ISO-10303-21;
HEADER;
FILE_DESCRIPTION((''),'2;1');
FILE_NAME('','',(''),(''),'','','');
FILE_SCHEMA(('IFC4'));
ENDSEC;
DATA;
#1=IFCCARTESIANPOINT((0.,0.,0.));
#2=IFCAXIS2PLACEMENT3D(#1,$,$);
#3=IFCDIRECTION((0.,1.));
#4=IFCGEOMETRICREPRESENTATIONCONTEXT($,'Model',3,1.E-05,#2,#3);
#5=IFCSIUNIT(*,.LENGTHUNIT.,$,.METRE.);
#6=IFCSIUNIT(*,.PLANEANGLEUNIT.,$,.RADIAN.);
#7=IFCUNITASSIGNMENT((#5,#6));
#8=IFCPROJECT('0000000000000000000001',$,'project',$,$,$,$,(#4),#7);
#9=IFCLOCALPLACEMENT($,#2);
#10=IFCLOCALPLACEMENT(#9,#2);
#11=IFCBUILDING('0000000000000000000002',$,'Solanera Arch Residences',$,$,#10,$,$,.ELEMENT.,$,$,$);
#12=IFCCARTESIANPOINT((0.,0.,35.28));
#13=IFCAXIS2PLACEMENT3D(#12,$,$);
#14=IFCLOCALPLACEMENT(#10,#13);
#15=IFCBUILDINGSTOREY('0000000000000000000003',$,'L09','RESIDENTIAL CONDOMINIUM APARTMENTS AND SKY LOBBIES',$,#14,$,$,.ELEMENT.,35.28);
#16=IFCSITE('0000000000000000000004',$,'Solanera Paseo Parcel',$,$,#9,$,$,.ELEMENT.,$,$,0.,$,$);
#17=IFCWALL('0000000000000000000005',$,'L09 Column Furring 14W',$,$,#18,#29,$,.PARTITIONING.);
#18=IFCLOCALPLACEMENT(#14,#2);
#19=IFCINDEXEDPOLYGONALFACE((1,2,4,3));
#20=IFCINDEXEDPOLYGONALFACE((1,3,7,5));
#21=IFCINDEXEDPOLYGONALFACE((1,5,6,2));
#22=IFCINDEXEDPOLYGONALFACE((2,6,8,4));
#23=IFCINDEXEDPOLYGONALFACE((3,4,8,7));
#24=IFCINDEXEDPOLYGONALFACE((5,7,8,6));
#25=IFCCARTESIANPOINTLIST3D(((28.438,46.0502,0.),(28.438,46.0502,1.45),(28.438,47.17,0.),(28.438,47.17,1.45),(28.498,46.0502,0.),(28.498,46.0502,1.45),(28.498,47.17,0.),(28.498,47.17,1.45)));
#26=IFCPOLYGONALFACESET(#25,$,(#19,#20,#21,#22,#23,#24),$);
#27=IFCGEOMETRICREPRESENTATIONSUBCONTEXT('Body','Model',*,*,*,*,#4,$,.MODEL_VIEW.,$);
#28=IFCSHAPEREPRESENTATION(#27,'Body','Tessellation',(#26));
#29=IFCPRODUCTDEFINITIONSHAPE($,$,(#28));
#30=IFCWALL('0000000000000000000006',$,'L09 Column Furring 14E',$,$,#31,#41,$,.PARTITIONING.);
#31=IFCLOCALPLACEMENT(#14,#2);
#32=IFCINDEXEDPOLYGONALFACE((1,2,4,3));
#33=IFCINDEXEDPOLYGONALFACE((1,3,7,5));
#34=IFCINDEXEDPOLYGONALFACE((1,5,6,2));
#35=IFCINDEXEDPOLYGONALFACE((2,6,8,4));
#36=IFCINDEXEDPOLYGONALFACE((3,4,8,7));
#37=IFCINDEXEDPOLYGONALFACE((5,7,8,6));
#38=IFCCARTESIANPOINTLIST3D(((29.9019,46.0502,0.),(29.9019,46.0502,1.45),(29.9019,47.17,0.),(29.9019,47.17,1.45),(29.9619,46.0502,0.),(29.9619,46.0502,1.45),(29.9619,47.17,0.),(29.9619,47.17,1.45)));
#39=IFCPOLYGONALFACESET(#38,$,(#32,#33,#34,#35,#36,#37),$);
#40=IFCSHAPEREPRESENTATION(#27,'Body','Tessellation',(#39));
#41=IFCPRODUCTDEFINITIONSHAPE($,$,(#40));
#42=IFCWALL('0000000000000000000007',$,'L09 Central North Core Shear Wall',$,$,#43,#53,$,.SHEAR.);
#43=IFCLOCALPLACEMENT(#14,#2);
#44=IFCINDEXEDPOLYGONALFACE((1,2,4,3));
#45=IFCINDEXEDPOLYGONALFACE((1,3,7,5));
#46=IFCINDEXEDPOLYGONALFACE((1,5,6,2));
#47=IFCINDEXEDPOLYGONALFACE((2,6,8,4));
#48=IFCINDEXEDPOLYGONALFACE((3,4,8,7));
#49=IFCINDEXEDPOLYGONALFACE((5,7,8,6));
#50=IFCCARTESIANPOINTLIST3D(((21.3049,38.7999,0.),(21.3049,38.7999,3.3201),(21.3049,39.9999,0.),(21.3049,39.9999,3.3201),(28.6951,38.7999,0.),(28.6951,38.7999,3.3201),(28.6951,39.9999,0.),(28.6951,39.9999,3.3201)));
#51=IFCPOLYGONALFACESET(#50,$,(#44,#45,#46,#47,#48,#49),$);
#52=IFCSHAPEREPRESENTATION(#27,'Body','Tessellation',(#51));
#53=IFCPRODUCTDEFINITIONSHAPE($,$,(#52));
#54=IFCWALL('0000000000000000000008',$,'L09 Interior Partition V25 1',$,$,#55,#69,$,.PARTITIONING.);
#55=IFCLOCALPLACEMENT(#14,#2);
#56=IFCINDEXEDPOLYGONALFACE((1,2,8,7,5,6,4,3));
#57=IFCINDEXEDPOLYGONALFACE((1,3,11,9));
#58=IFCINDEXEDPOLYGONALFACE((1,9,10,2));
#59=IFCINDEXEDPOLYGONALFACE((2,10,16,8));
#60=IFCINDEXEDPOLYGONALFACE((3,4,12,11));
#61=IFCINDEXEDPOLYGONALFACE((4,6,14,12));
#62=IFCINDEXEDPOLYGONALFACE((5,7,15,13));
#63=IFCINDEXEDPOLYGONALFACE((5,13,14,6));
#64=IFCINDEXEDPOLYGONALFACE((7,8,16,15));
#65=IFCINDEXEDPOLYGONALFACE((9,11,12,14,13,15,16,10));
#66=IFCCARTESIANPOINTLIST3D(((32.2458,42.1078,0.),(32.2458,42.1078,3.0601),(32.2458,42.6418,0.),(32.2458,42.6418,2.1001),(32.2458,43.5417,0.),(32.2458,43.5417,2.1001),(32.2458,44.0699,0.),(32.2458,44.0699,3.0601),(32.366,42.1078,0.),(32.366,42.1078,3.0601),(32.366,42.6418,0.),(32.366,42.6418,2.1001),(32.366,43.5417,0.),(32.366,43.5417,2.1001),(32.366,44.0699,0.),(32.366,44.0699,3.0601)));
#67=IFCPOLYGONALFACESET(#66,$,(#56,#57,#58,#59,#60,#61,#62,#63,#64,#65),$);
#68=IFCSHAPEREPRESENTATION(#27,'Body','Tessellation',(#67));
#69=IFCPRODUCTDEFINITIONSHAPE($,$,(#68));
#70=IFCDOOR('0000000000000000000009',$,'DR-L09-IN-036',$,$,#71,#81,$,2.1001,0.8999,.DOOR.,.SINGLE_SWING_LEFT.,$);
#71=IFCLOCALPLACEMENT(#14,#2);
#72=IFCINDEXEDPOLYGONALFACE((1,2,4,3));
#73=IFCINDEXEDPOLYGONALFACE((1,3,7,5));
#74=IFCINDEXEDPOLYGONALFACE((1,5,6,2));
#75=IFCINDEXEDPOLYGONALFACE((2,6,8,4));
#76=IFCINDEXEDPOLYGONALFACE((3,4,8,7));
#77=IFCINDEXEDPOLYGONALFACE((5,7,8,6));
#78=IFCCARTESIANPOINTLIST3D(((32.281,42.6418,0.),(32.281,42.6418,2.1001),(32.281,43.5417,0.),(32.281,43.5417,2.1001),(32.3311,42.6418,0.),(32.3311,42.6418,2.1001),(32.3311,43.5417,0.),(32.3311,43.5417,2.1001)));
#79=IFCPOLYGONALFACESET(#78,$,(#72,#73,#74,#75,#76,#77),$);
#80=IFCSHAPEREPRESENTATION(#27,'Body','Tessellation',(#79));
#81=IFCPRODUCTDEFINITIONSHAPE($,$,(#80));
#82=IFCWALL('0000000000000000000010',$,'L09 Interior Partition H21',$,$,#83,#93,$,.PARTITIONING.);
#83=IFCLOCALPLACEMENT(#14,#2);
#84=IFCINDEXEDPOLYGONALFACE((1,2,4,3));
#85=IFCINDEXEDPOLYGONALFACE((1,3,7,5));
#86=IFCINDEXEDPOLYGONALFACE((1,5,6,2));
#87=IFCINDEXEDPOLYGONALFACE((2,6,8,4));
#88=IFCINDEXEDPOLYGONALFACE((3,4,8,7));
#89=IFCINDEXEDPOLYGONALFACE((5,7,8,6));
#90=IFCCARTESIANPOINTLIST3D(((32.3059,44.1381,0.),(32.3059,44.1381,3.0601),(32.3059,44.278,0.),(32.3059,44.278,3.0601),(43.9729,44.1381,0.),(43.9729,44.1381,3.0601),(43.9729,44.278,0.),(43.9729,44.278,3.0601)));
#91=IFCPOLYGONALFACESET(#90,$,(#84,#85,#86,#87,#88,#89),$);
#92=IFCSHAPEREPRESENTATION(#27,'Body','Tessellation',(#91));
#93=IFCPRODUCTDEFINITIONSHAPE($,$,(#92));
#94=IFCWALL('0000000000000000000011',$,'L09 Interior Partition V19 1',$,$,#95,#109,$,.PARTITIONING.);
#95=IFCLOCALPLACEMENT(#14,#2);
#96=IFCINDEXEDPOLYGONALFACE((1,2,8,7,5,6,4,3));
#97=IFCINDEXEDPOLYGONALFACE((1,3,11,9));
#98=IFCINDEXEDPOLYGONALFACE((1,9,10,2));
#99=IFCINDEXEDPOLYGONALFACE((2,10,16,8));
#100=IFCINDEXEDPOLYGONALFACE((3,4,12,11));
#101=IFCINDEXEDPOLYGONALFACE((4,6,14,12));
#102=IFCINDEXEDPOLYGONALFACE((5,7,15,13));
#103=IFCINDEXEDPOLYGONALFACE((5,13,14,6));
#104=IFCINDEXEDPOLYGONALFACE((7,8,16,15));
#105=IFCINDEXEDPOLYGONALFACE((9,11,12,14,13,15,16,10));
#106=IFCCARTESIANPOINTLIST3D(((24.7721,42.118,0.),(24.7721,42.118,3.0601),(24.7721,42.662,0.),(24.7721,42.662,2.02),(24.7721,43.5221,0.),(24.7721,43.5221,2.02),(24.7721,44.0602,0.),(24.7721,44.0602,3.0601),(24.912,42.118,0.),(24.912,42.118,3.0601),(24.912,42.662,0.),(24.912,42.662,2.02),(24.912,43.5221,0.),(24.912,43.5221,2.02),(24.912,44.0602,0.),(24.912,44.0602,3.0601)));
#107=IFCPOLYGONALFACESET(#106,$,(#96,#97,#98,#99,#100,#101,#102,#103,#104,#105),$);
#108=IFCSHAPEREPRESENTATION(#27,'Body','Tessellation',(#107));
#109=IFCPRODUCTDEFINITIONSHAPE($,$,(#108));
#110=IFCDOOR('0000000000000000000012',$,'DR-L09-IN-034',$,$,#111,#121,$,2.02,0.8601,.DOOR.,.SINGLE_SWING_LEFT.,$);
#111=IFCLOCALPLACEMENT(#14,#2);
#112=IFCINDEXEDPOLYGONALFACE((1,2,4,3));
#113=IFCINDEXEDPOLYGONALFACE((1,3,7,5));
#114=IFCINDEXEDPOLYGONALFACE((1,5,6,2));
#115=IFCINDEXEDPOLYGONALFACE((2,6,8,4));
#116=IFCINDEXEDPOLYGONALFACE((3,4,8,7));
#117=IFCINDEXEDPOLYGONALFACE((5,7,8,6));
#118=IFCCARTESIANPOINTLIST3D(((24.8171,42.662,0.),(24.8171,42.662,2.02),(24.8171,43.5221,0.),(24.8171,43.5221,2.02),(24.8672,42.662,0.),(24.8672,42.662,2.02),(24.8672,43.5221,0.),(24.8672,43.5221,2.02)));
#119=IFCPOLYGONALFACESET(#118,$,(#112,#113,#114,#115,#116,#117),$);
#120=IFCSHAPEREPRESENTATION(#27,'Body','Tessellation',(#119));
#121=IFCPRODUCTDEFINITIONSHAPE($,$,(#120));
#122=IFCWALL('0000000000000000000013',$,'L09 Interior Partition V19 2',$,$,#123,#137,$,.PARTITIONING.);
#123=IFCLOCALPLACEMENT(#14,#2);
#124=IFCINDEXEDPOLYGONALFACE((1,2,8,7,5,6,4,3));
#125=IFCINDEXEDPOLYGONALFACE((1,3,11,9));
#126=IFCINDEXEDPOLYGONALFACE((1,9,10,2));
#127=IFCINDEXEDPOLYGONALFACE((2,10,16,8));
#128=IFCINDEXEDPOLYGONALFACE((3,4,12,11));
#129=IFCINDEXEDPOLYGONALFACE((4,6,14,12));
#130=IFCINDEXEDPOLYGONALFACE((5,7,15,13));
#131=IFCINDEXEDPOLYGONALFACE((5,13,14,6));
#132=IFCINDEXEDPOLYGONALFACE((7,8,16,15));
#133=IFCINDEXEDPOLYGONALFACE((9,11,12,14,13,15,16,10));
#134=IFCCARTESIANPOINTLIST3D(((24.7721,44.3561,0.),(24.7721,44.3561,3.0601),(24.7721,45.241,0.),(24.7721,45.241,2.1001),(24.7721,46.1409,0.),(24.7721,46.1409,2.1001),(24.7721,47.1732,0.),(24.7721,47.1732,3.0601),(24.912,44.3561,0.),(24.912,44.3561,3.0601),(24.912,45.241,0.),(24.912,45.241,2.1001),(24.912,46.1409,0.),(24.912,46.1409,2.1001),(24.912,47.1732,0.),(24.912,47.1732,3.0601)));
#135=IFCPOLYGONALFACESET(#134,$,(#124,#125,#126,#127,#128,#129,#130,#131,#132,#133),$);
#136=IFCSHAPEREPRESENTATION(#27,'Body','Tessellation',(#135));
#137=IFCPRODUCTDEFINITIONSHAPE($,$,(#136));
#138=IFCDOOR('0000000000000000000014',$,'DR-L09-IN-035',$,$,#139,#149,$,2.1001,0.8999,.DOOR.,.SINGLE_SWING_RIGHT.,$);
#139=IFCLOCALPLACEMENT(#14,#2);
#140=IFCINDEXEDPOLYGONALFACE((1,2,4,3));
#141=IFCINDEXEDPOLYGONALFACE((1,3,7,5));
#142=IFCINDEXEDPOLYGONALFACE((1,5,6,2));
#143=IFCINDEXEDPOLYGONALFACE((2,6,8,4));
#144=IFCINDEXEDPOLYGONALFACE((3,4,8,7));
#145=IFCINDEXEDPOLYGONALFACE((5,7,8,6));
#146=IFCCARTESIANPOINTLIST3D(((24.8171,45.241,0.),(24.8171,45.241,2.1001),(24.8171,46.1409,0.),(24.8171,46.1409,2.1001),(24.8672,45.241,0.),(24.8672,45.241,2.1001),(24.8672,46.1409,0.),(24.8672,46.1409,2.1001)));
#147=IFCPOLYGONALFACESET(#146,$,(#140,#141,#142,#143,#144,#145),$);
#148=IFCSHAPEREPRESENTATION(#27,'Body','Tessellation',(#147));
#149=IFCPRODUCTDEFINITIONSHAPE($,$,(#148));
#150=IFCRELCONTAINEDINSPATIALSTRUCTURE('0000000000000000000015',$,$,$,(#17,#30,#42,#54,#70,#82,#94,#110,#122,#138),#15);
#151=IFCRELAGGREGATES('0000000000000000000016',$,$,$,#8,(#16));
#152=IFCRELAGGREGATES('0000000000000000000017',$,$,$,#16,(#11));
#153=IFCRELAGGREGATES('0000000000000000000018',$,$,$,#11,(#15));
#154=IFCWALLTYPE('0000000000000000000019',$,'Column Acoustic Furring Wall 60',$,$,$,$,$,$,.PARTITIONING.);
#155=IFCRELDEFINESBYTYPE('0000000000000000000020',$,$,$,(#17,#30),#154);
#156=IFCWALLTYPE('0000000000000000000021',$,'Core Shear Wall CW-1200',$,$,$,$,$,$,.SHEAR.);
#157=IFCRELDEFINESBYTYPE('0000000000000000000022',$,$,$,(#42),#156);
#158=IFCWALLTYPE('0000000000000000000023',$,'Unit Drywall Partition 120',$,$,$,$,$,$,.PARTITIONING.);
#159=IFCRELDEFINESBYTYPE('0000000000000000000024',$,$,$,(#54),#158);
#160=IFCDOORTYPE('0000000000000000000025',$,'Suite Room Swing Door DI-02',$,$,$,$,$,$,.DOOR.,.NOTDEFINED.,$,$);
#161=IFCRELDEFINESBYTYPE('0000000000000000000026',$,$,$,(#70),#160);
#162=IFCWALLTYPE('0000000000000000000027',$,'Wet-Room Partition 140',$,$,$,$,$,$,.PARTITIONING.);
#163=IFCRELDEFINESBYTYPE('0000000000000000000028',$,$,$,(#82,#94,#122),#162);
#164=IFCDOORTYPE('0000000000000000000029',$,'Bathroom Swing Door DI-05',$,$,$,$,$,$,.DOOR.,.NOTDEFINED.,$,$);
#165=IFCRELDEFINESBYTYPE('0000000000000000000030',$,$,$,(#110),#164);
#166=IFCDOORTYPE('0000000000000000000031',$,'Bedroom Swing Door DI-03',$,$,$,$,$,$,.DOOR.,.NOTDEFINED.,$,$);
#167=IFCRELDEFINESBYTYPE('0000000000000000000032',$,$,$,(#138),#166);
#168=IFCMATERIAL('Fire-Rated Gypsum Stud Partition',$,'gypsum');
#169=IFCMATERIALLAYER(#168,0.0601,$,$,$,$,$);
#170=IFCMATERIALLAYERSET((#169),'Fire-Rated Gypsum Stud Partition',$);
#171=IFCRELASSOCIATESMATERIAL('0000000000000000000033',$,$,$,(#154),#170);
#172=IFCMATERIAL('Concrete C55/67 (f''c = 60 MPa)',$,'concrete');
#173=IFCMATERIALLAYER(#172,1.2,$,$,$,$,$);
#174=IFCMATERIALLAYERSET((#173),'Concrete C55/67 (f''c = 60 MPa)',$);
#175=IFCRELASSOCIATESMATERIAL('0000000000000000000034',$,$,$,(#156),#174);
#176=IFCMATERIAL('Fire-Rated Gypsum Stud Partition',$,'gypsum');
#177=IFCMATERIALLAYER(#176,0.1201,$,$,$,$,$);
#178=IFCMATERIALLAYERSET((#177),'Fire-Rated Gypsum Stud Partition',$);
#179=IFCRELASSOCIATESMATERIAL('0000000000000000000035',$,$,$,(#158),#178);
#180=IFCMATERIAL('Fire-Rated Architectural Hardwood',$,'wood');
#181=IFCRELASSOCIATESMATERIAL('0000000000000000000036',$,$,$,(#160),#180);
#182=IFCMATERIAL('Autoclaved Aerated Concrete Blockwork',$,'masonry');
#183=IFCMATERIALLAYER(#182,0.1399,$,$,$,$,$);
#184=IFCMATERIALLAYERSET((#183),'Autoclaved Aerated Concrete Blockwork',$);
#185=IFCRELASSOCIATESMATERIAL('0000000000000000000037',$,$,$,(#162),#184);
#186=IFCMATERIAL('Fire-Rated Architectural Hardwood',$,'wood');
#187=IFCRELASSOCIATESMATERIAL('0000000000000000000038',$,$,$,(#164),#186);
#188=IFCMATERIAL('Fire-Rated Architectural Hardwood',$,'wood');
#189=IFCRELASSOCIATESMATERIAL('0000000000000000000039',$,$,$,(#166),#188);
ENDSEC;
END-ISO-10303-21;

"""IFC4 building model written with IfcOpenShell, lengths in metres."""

from ifc_helpers import new_model, si_unit, direction, frame, frame_2d, origin, place, context, subcontext, project, spatial, rectangle, extrude, material, layer, layer_set, type_object, element, fill, save


model = new_model("IFC4")

# Units and contexts
model_context = context("Model", 3, precision=1e-05, world=origin(), true_north=direction((0.0, 1.0)))
body_context = subcontext(model_context, "Body", "Model", "MODEL_VIEW")
ifc_project = project(units=[si_unit("LENGTHUNIT", "METRE"), si_unit("PLANEANGLEUNIT", "RADIAN")], contexts=[model_context])

# Site, building, storey
site_placement = place(None, origin())
site = spatial("IfcSite", under=ifc_project, at=site_placement, Name="Solanera Paseo Parcel", CompositionType="ELEMENT", RefElevation=0.0)
building_placement = place(site_placement, origin())
building = spatial("IfcBuilding", under=site, at=building_placement, Name="Solanera Arch Residences", CompositionType="ELEMENT")
storey_placement = place(building_placement, frame((0.0, 0.0, 35.28)))
storey = spatial("IfcBuildingStorey", under=building, at=storey_placement, Name="L09", Description="RESIDENTIAL CONDOMINIUM APARTMENTS AND SKY LOBBIES", CompositionType="ELEMENT", Elevation=35.28)

# Walls
ifc_material_1 = material(Name="Fire-Rated Gypsum Stud Partition", Category="gypsum")
ifc_layer_1 = layer(ifc_material_1, 0.0601)
ifc_layer_set_1 = layer_set([ifc_layer_1], Name="Fire-Rated Gypsum Stud Partition")
wall_type_1 = type_object("IfcWallType", Name="Column Acoustic Furring Wall 60", PredefinedType="PARTITIONING", material=ifc_layer_set_1)
for number, where, z_axis, x_axis, name in (
    (1, (28.468, 46.05, 0.0), (0.0, 0.0, 1.0), (0.0, 1.0, 0.0), "L09 Column Furring 14W"),
    (2, (29.9319, 46.05, 0.0), (0.0, 0.0, 1.0), (0.0, 1.0, 0.0), "L09 Column Furring 14E"),
):
    element("IfcWall", number, at=place(storey_placement, frame(where, z_axis=z_axis, x_axis=x_axis)), inside=storey, type_object=wall_type_1, Name=name, PredefinedType="PARTITIONING", context=body_context, shape_type="SweptSolid", body=[
        extrude(rectangle(XDim=1.1199, YDim=0.0601, at=frame_2d((0.5601, 0.0))), origin(), (0.0, 0.0, 1.0), 1.45),
    ])
ifc_material_2 = material(Name="Concrete C55/67 (f'c = 60 MPa)", Category="concrete")
ifc_layer_2 = layer(ifc_material_2, 1.2)
ifc_layer_set_2 = layer_set([ifc_layer_2], Name="Concrete C55/67 (f'c = 60 MPa)")
wall_type_2 = type_object("IfcWallType", Name="Core Shear Wall CW-1200", PredefinedType="SHEAR", material=ifc_layer_set_2)
wall_1_placement = place(storey_placement, frame((21.3049, 39.3999, 0.0), z_axis=(0.0, 0.0, 1.0), x_axis=(1.0, 0.0, 0.0)))
element("IfcWall", 3, at=wall_1_placement, inside=storey, type_object=wall_type_2, Name="L09 Central North Core Shear Wall", PredefinedType="SHEAR", context=body_context, shape_type="SweptSolid", body=[
    extrude(rectangle(XDim=7.3901, YDim=1.2, at=frame_2d((3.6951, 0.0))), origin(), (0.0, 0.0, 1.0), 3.3201),
])

# Wall, opening, door
ifc_material_3 = material(Name="Fire-Rated Gypsum Stud Partition", Category="gypsum")
ifc_layer_3 = layer(ifc_material_3, 0.1201)
ifc_layer_set_3 = layer_set([ifc_layer_3], Name="Fire-Rated Gypsum Stud Partition")
wall_type_3 = type_object("IfcWallType", Name="Unit Drywall Partition 120", PredefinedType="PARTITIONING", material=ifc_layer_set_3)
wall_2_placement = place(storey_placement, frame((32.3059, 42.1079, 0.0), z_axis=(0.0, 0.0, 1.0), x_axis=(0.0, 1.0, 0.0)))
wall_2 = element("IfcWall", 4, at=wall_2_placement, inside=storey, type_object=wall_type_3, Name="L09 Interior Partition V25 1", PredefinedType="PARTITIONING", context=body_context, shape_type="SweptSolid", body=[
    extrude(rectangle(XDim=1.9622, YDim=0.1201, at=frame_2d((0.981, 0.0))), origin(), (0.0, 0.0, 1.0), 3.0601),
])
opening_1_placement = place(wall_2_placement, frame((0.5339, 0.0, 0.0)))
opening_1 = element("IfcOpeningElement", 5, at=opening_1_placement, cuts=wall_2, PredefinedType="OPENING", context=body_context, shape_type="SweptSolid", body=[
    extrude(rectangle(XDim=0.8999, YDim=2.1001, at=frame_2d((0.45, 1.05))), frame((0.0, 0.0701, 0.0), z_axis=(0.0, -1.0, 0.0), x_axis=(1.0, 0.0, 0.0)), (0.0, 0.0, 1.0), 0.1401),
])
ifc_material_4 = material(Name="Fire-Rated Architectural Hardwood", Category="wood")
door_type_1 = type_object("IfcDoorType", Name="Suite Room Swing Door DI-02", OperationType="NOTDEFINED", PredefinedType="DOOR", material=ifc_material_4)
door_1_placement = place(opening_1_placement, origin())
door_1 = element("IfcDoor", 6, at=door_1_placement, inside=storey, type_object=door_type_1, Name="DR-L09-IN-036", OperationType="SINGLE_SWING_LEFT", OverallHeight=2.1001, OverallWidth=0.8999, PredefinedType="DOOR", context=body_context, shape_type="SweptSolid", body=[
    extrude(rectangle(XDim=0.8999, YDim=2.1001, at=frame_2d((0.45, 1.05))), frame((0.0, 0.0249, 0.0), z_axis=(0.0, -1.0, 0.0), x_axis=(1.0, 0.0, 0.0)), (0.0, 0.0, 1.0), 0.05),
])
fill(opening_1, door_1)

# Wall
ifc_material_5 = material(Name="Autoclaved Aerated Concrete Blockwork", Category="masonry")
ifc_layer_4 = layer(ifc_material_5, 0.1399)
ifc_layer_set_4 = layer_set([ifc_layer_4], Name="Autoclaved Aerated Concrete Blockwork")
wall_type_4 = type_object("IfcWallType", Name="Wet-Room Partition 140", PredefinedType="PARTITIONING", material=ifc_layer_set_4)
wall_3_placement = place(storey_placement, frame((32.3059, 44.208, 0.0), z_axis=(0.0, 0.0, 1.0), x_axis=(1.0, 0.0, 0.0)))
element("IfcWall", 7, at=wall_3_placement, inside=storey, type_object=wall_type_4, Name="L09 Interior Partition H21", PredefinedType="PARTITIONING", context=body_context, shape_type="SweptSolid", body=[
    extrude(rectangle(XDim=11.667, YDim=0.1399, at=frame_2d((5.8335, 0.0))), origin(), (0.0, 0.0, 1.0), 3.0601),
])

# Walls, openings, doors
wall_4_placement = place(storey_placement, frame((24.842, 42.1179, 0.0), z_axis=(0.0, 0.0, 1.0), x_axis=(0.0, 1.0, 0.0)))
wall_4 = element("IfcWall", 8, at=wall_4_placement, inside=storey, type_object=wall_type_4, Name="L09 Interior Partition V19 1", PredefinedType="PARTITIONING", context=body_context, shape_type="SweptSolid", body=[
    extrude(rectangle(XDim=1.9421, YDim=0.1399, at=frame_2d((0.9712, 0.0))), origin(), (0.0, 0.0, 1.0), 3.0601),
])
opening_2_placement = place(wall_4_placement, frame((0.5439, 0.0, 0.0)))
opening_2 = element("IfcOpeningElement", 9, at=opening_2_placement, cuts=wall_4, PredefinedType="OPENING", context=body_context, shape_type="SweptSolid", body=[
    extrude(rectangle(XDim=0.8601, YDim=2.02, at=frame_2d((0.4302, 1.01))), frame((0.0, 0.0798, 0.0), z_axis=(0.0, -1.0, 0.0), x_axis=(1.0, 0.0, 0.0)), (0.0, 0.0, 1.0), 0.1599),
])
ifc_material_6 = material(Name="Fire-Rated Architectural Hardwood", Category="wood")
door_type_2 = type_object("IfcDoorType", Name="Bathroom Swing Door DI-05", OperationType="NOTDEFINED", PredefinedType="DOOR", material=ifc_material_6)
door_2_placement = place(opening_2_placement, origin())
door_2 = element("IfcDoor", 10, at=door_2_placement, inside=storey, type_object=door_type_2, Name="DR-L09-IN-034", OperationType="SINGLE_SWING_LEFT", OverallHeight=2.02, OverallWidth=0.8601, PredefinedType="DOOR", context=body_context, shape_type="SweptSolid", body=[
    extrude(rectangle(XDim=0.8601, YDim=2.02, at=frame_2d((0.4302, 1.01))), frame((0.0, 0.0249, 0.0), z_axis=(0.0, -1.0, 0.0), x_axis=(1.0, 0.0, 0.0)), (0.0, 0.0, 1.0), 0.05),
])
fill(opening_2, door_2)
wall_5_placement = place(storey_placement, frame((24.842, 44.356, 0.0), z_axis=(0.0, 0.0, 1.0), x_axis=(0.0, 1.0, 0.0)))
wall_5 = element("IfcWall", 11, at=wall_5_placement, inside=storey, type_object=wall_type_4, Name="L09 Interior Partition V19 2", PredefinedType="PARTITIONING", context=body_context, shape_type="SweptSolid", body=[
    extrude(rectangle(XDim=2.8171, YDim=0.1399, at=frame_2d((1.4087, 0.0))), origin(), (0.0, 0.0, 1.0), 3.0601),
])
opening_3_placement = place(wall_5_placement, frame((0.885, 0.0, 0.0)))
opening_3 = element("IfcOpeningElement", 12, at=opening_3_placement, cuts=wall_5, PredefinedType="OPENING", context=body_context, shape_type="SweptSolid", body=[
    extrude(rectangle(XDim=0.8999, YDim=2.1001, at=frame_2d((0.45, 1.05))), frame((0.0, 0.0798, 0.0), z_axis=(0.0, -1.0, 0.0), x_axis=(1.0, 0.0, 0.0)), (0.0, 0.0, 1.0), 0.1599),
])
ifc_material_7 = material(Name="Fire-Rated Architectural Hardwood", Category="wood")
door_type_3 = type_object("IfcDoorType", Name="Bedroom Swing Door DI-03", OperationType="NOTDEFINED", PredefinedType="DOOR", material=ifc_material_7)
door_3_placement = place(opening_3_placement, origin())
door_3 = element("IfcDoor", 13, at=door_3_placement, inside=storey, type_object=door_type_3, Name="DR-L09-IN-035", OperationType="SINGLE_SWING_RIGHT", OverallHeight=2.1001, OverallWidth=0.8999, PredefinedType="DOOR", context=body_context, shape_type="SweptSolid", body=[
    extrude(rectangle(XDim=0.8999, YDim=2.1001, at=frame_2d((0.45, 1.05))), frame((0.0, 0.0249, 0.0), z_axis=(0.0, -1.0, 0.0), x_axis=(1.0, 0.0, 0.0)), (0.0, 0.0, 1.0), 0.05),
])
fill(opening_3, door_3)

save(model, "model.ifc")
